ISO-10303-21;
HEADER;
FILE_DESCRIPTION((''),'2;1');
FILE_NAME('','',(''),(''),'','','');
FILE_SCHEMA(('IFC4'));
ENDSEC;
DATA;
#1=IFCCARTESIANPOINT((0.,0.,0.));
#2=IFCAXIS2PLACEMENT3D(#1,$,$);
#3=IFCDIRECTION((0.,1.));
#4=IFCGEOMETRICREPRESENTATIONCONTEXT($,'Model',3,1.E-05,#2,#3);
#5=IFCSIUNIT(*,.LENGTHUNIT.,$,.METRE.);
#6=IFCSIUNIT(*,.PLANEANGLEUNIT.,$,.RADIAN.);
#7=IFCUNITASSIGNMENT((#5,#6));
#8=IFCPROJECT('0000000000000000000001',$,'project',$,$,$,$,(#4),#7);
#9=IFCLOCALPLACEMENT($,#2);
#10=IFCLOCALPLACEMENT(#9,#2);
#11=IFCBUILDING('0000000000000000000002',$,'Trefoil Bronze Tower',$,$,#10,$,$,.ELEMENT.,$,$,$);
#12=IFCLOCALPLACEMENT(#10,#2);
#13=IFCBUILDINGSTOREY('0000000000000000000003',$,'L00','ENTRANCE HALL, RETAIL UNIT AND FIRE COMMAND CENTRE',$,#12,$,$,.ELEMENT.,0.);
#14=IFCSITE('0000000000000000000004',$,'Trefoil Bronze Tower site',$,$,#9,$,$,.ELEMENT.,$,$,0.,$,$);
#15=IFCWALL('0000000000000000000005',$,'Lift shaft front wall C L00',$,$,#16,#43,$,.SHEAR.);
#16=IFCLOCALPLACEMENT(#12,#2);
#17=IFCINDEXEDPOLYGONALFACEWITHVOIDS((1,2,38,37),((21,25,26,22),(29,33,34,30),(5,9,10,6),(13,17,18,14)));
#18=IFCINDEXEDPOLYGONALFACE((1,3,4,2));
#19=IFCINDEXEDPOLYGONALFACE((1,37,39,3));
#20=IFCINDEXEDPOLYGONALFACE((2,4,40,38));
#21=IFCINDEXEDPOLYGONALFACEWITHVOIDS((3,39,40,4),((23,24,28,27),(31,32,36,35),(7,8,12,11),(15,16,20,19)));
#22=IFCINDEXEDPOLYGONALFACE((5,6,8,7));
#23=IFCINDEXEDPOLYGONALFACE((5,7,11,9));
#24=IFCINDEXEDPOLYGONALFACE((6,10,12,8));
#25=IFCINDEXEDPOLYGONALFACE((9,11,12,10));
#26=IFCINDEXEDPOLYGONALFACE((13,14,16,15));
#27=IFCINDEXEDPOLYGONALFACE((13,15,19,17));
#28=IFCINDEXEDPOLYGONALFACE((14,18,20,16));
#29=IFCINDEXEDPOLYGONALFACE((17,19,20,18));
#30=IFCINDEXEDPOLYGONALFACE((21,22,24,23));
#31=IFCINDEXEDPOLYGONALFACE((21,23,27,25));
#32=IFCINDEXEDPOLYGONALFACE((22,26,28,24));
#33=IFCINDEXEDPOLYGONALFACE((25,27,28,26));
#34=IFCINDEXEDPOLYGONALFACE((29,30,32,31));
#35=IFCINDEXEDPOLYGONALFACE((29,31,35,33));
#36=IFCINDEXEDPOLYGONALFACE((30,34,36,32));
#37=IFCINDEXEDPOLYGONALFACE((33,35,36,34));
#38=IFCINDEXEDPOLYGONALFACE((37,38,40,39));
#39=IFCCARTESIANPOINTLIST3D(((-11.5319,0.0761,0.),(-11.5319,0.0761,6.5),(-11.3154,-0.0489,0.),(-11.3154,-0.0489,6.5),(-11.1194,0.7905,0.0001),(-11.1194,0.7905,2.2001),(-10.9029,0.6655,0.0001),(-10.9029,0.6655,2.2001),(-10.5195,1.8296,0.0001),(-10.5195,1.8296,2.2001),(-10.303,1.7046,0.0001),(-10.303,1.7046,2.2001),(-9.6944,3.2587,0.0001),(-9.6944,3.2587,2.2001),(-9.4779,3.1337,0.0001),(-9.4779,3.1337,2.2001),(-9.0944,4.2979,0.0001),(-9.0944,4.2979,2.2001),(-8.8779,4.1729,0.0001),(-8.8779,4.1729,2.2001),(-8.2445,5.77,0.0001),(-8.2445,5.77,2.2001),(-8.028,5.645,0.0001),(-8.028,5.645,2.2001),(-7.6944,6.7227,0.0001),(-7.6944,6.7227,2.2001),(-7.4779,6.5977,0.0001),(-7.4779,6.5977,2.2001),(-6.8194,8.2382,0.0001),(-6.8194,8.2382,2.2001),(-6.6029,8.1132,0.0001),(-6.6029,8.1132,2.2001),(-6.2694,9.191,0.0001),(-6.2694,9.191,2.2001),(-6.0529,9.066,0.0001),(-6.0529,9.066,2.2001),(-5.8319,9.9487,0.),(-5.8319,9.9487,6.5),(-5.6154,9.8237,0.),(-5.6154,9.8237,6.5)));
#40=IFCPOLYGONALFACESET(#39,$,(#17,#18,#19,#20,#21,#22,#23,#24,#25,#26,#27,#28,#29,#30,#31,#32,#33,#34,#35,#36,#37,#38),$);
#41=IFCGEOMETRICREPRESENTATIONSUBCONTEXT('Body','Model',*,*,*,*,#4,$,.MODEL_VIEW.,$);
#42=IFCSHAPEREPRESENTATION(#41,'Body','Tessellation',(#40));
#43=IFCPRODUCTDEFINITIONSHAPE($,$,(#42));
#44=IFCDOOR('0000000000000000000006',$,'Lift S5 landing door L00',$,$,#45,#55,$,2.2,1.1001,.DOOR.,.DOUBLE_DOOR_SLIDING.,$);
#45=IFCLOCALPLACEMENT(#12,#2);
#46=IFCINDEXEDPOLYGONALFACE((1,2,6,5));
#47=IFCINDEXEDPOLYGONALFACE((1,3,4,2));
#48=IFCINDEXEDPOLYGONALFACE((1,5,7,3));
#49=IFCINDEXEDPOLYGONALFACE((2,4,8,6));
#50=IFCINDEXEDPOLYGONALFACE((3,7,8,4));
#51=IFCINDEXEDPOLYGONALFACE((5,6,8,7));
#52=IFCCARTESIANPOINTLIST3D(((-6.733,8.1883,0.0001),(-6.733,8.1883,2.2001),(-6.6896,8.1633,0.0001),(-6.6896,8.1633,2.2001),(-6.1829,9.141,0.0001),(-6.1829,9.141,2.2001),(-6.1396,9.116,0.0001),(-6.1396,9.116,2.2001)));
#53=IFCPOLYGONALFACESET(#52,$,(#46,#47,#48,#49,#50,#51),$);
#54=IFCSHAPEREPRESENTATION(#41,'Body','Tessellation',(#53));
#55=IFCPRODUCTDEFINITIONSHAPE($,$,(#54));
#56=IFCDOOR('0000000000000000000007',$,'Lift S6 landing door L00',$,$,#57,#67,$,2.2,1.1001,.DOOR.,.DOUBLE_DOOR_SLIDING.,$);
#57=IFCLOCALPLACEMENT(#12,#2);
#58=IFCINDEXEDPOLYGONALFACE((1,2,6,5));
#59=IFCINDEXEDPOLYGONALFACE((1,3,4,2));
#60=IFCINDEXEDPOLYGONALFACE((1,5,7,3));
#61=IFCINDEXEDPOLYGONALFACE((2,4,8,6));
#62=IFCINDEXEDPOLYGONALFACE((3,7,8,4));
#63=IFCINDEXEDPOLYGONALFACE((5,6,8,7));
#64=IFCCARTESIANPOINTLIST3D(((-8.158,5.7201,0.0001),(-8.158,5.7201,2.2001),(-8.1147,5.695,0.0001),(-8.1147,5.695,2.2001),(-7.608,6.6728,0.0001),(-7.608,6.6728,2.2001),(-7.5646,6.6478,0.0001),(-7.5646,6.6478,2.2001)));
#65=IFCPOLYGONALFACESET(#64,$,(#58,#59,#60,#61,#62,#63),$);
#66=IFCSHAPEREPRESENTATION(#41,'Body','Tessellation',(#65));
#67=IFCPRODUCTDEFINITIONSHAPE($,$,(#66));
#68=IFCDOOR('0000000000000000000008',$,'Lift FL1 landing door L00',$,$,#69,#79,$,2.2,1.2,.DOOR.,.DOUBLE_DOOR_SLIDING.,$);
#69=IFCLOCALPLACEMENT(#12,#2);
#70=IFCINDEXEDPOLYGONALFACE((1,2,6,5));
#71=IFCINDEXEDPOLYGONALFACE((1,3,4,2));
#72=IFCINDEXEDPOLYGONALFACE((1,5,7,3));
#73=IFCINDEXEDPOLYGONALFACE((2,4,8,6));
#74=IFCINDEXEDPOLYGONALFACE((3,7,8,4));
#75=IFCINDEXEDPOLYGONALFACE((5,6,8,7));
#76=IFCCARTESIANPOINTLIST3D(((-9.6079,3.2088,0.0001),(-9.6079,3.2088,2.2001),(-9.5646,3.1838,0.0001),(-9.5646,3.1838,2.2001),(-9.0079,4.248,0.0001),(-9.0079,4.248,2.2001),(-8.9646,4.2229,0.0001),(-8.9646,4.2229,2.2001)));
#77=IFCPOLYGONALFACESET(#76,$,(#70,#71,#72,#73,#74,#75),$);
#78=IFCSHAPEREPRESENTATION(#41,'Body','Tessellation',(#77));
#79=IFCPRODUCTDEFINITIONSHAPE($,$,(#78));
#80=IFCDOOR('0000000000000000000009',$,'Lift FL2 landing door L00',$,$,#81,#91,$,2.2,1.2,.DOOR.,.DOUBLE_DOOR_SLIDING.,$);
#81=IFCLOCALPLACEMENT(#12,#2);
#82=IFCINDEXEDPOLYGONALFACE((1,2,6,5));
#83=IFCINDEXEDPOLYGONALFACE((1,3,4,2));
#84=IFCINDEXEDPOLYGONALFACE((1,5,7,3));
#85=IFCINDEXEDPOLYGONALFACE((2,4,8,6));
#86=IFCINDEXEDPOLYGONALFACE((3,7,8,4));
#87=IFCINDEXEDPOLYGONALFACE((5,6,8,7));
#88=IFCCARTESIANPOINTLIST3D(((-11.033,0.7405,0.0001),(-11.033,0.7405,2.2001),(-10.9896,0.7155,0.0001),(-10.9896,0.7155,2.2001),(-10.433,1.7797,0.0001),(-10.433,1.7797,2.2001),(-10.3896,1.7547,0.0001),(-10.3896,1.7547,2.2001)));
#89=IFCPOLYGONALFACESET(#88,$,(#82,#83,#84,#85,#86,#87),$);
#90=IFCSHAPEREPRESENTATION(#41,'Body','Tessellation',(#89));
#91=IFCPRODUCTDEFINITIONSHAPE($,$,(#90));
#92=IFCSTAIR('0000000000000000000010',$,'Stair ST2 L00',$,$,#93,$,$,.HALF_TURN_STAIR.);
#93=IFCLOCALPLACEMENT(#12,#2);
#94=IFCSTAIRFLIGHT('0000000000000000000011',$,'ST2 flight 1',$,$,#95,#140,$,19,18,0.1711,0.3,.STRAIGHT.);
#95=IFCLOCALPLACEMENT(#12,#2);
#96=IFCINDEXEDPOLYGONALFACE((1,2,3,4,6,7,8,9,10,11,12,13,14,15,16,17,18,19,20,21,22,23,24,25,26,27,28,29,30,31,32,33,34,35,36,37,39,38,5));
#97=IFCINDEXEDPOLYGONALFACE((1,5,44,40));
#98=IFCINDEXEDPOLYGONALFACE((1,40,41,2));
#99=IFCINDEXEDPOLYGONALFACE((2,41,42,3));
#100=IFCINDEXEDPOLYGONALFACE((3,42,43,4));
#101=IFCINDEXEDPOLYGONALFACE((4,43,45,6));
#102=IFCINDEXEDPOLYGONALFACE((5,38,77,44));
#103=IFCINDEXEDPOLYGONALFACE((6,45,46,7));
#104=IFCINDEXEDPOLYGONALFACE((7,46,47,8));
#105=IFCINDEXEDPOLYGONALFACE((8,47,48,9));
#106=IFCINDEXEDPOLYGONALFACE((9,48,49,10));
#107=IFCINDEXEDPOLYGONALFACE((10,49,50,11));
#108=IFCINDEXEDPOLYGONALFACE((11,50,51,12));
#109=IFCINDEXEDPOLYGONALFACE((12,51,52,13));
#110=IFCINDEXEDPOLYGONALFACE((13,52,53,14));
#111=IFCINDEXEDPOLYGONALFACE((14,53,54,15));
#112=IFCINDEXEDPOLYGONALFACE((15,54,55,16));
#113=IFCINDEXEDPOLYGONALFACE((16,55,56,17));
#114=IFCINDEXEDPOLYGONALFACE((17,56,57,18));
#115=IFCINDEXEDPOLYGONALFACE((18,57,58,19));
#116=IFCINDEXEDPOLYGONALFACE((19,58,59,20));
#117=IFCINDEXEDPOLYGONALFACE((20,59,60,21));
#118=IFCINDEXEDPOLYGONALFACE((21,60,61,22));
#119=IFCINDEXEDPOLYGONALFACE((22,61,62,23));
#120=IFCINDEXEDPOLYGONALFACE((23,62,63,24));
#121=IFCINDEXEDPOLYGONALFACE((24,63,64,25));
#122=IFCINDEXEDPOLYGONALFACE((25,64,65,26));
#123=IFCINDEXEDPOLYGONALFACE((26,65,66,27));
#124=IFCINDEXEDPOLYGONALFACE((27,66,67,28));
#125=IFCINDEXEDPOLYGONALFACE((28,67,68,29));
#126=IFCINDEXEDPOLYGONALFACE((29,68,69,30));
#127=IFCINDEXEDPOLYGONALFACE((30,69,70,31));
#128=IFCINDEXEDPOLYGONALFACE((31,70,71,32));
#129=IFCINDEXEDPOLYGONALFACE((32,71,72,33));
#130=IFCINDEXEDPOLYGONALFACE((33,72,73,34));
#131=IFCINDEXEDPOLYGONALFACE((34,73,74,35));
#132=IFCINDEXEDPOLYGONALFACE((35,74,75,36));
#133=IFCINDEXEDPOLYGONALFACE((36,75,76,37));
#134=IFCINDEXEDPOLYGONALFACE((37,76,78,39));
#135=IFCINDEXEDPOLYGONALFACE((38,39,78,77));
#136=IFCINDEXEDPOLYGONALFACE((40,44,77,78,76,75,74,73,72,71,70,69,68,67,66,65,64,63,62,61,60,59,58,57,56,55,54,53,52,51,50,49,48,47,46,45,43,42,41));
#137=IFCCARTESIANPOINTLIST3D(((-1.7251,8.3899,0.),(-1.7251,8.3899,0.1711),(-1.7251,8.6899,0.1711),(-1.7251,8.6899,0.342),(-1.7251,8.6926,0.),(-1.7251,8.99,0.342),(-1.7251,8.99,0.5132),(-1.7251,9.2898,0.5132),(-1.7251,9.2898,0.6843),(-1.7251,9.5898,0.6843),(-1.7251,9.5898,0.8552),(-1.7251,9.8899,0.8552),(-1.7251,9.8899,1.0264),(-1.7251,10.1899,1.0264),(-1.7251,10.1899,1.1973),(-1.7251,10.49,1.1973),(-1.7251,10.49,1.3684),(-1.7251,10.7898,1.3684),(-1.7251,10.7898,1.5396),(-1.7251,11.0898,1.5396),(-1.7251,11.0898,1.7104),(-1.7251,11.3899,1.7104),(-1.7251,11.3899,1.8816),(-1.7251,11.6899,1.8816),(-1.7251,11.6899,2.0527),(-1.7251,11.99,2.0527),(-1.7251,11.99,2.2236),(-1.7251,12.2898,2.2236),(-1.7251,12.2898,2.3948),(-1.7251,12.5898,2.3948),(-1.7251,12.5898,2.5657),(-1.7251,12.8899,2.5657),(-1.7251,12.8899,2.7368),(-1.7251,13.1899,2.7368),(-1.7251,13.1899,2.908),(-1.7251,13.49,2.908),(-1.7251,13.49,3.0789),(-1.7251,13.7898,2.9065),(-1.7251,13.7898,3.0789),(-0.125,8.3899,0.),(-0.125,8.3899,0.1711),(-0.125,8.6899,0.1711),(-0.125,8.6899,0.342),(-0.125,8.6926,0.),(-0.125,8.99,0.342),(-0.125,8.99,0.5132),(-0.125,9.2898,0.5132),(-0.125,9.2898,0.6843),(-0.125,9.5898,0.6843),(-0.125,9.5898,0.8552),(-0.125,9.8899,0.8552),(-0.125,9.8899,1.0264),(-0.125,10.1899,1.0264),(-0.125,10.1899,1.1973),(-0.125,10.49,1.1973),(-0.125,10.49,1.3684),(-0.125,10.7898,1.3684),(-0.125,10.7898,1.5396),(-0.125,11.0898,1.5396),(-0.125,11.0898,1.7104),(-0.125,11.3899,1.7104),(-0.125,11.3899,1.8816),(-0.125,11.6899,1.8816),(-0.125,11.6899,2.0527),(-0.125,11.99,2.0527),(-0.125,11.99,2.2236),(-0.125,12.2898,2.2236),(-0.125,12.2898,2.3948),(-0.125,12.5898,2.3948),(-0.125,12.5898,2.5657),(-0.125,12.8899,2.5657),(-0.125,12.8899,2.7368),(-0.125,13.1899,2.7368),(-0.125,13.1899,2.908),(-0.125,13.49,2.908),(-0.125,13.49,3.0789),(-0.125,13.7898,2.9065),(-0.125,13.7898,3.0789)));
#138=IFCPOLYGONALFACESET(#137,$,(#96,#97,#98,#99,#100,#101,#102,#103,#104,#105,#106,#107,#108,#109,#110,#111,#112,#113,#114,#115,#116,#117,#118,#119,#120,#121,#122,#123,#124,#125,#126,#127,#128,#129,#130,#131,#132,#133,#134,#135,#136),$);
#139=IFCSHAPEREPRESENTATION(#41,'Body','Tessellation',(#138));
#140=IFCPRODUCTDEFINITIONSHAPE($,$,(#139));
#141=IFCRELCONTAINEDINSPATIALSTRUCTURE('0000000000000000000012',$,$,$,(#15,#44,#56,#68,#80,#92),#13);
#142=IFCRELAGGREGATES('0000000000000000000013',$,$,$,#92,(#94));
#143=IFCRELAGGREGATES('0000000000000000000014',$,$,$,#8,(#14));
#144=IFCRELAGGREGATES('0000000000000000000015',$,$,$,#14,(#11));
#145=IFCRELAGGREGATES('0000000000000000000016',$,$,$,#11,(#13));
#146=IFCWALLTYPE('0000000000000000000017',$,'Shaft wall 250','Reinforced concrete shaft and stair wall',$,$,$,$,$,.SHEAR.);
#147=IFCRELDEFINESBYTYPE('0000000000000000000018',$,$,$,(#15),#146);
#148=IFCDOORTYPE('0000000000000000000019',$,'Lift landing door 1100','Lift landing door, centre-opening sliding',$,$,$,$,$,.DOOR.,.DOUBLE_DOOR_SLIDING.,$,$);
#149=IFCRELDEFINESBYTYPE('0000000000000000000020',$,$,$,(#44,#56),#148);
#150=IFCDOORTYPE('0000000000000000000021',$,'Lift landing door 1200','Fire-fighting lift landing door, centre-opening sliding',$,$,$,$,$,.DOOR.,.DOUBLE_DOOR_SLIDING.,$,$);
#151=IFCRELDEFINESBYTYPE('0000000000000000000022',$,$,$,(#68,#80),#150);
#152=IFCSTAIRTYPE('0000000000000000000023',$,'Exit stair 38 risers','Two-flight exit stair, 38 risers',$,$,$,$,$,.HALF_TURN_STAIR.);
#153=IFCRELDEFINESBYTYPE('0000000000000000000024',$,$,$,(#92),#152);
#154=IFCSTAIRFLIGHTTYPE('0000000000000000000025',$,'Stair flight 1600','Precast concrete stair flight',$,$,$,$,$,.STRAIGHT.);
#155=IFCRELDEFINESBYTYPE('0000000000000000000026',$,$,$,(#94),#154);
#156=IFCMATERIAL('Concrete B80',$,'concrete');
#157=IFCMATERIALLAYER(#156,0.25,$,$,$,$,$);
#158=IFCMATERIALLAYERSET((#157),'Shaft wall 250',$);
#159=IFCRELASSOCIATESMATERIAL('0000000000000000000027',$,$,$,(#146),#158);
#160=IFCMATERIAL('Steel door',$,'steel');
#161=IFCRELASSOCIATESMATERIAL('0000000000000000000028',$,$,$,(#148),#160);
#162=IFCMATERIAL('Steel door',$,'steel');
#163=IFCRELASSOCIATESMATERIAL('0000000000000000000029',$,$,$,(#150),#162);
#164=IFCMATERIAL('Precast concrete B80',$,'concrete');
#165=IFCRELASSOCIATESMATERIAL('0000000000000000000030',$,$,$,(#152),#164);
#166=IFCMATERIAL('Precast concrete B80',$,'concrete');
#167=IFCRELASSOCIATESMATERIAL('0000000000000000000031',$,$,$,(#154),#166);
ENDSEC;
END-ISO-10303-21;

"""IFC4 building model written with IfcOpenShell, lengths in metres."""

from ifc_helpers import new_model, si_unit, direction, frame, frame_2d, origin, place, context, subcontext, project, spatial, polyline, rectangle, outline, extrude, material, layer, layer_set, type_object, element, fill, aggregate, save


model = new_model("IFC4")

# Units and contexts
model_context = context("Model", 3, precision=1e-05, world=origin(), true_north=direction((0.0, 1.0)))
body_context = subcontext(model_context, "Body", "Model", "MODEL_VIEW")
ifc_project = project(units=[si_unit("LENGTHUNIT", "METRE"), si_unit("PLANEANGLEUNIT", "RADIAN")], contexts=[model_context])

# Site, building, storey
site_placement = place(None, origin())
site = spatial("IfcSite", under=ifc_project, at=site_placement, Name="Trefoil Bronze Tower site", CompositionType="ELEMENT", RefElevation=0.0)
building_placement = place(site_placement, origin())
building = spatial("IfcBuilding", under=site, at=building_placement, Name="Trefoil Bronze Tower", CompositionType="ELEMENT")
storey_placement = place(building_placement, origin())
storey = spatial("IfcBuildingStorey", under=building, at=storey_placement, Name="L00", Description="ENTRANCE HALL, RETAIL UNIT AND FIRE COMMAND CENTRE", CompositionType="ELEMENT", Elevation=0.0)

# Wall, openings, doors
ifc_material_1 = material(Name="Concrete B80", Category="concrete")
ifc_layer_1 = layer(ifc_material_1, 0.25)
ifc_layer_set_1 = layer_set([ifc_layer_1], Name="Shaft wall 250")
wall_type_1 = type_object("IfcWallType", Name="Shaft wall 250", Description="Reinforced concrete shaft and stair wall", PredefinedType="SHEAR", material=ifc_layer_set_1)
wall_1_placement = place(storey_placement, frame((-5.7236, 9.8862, 0.0), z_axis=(0.0, 0.0, 1.0), x_axis=(-0.500002, -0.866024, 0.0)))
wall_1 = element("IfcWall", 1, at=wall_1_placement, inside=storey, type_object=wall_type_1, Name="Lift shaft front wall C L00", PredefinedType="SHEAR", context=body_context, shape_type="SweptSolid", body=[
    extrude(rectangle(XDim=11.3999, YDim=0.25, at=frame_2d((5.7, 0.0))), origin(), (0.0, 0.0, 1.0), 6.5),
])
opening_1_placement = place(wall_1_placement, frame((0.875, 0.0, 0.0)))
opening_1 = element("IfcOpeningElement", 2, at=opening_1_placement, cuts=wall_1, PredefinedType="OPENING", context=body_context, shape_type="SweptSolid", body=[
    extrude(rectangle(XDim=1.1001, YDim=2.2, at=frame_2d((0.55, 1.1001))), frame((0.0, 0.135, 0.0), z_axis=(0.0, -1.0, 0.0), x_axis=(1.0, 0.0, 0.0)), (0.0, 0.0, 1.0), 0.27),
])
opening_2_placement = place(wall_1_placement, frame((3.7251, 0.0, 0.0)))
opening_2 = element("IfcOpeningElement", 3, at=opening_2_placement, cuts=wall_1, PredefinedType="OPENING", context=body_context, shape_type="SweptSolid", body=[
    extrude(rectangle(XDim=1.1001, YDim=2.2, at=frame_2d((0.55, 1.1001))), frame((0.0, 0.135, 0.0), z_axis=(0.0, -1.0, 0.0), x_axis=(1.0, 0.0, 0.0)), (0.0, 0.0, 1.0), 0.27),
])
opening_3_placement = place(wall_1_placement, frame((6.5249, 0.0, 0.0)))
opening_3 = element("IfcOpeningElement", 4, at=opening_3_placement, cuts=wall_1, PredefinedType="OPENING", context=body_context, shape_type="SweptSolid", body=[
    extrude(rectangle(XDim=1.2, YDim=2.2, at=frame_2d((0.6001, 1.1001))), frame((0.0, 0.135, 0.0), z_axis=(0.0, -1.0, 0.0), x_axis=(1.0, 0.0, 0.0)), (0.0, 0.0, 1.0), 0.27),
])
opening_4_placement = place(wall_1_placement, frame((9.375, 0.0, 0.0)))
opening_4 = element("IfcOpeningElement", 5, at=opening_4_placement, cuts=wall_1, PredefinedType="OPENING", context=body_context, shape_type="SweptSolid", body=[
    extrude(rectangle(XDim=1.2, YDim=2.2, at=frame_2d((0.6001, 1.1001))), frame((0.0, 0.135, 0.0), z_axis=(0.0, -1.0, 0.0), x_axis=(1.0, 0.0, 0.0)), (0.0, 0.0, 1.0), 0.27),
])
ifc_material_2 = material(Name="Steel door", Category="steel")
door_type_1 = type_object("IfcDoorType", Name="Lift landing door 1100", Description="Lift landing door, centre-opening sliding", OperationType="DOUBLE_DOOR_SLIDING", PredefinedType="DOOR", material=ifc_material_2)
door_1_placement = place(opening_1_placement, origin())
door_1 = element("IfcDoor", 6, at=door_1_placement, inside=storey, type_object=door_type_1, Name="Lift S5 landing door L00", OperationType="DOUBLE_DOOR_SLIDING", OverallHeight=2.2, OverallWidth=1.1001, PredefinedType="DOOR", context=body_context, shape_type="SweptSolid", body=[
    extrude(rectangle(XDim=1.1001, YDim=2.2, at=frame_2d((0.55, 1.1001))), frame((0.0, 0.0249, 0.0), z_axis=(0.0, -1.0, 0.0), x_axis=(1.0, 0.0, 0.0)), (0.0, 0.0, 1.0), 0.05),
])
fill(opening_1, door_1)
door_2_placement = place(opening_2_placement, origin())
door_2 = element("IfcDoor", 7, at=door_2_placement, inside=storey, type_object=door_type_1, Name="Lift S6 landing door L00", OperationType="DOUBLE_DOOR_SLIDING", OverallHeight=2.2, OverallWidth=1.1001, PredefinedType="DOOR", context=body_context, shape_type="SweptSolid", body=[
    extrude(rectangle(XDim=1.1001, YDim=2.2, at=frame_2d((0.55, 1.1001))), frame((0.0, 0.0249, 0.0), z_axis=(0.0, -1.0, 0.0), x_axis=(1.0, 0.0, 0.0)), (0.0, 0.0, 1.0), 0.05),
])
fill(opening_2, door_2)
ifc_material_3 = material(Name="Steel door", Category="steel")
door_type_2 = type_object("IfcDoorType", Name="Lift landing door 1200", Description="Fire-fighting lift landing door, centre-opening sliding", OperationType="DOUBLE_DOOR_SLIDING", PredefinedType="DOOR", material=ifc_material_3)
door_3_placement = place(opening_3_placement, origin())
door_3 = element("IfcDoor", 8, at=door_3_placement, inside=storey, type_object=door_type_2, Name="Lift FL1 landing door L00", OperationType="DOUBLE_DOOR_SLIDING", OverallHeight=2.2, OverallWidth=1.2, PredefinedType="DOOR", context=body_context, shape_type="SweptSolid", body=[
    extrude(rectangle(XDim=1.2, YDim=2.2, at=frame_2d((0.6001, 1.1001))), frame((0.0, 0.0249, 0.0), z_axis=(0.0, -1.0, 0.0), x_axis=(1.0, 0.0, 0.0)), (0.0, 0.0, 1.0), 0.05),
])
fill(opening_3, door_3)
door_4_placement = place(opening_4_placement, origin())
door_4 = element("IfcDoor", 9, at=door_4_placement, inside=storey, type_object=door_type_2, Name="Lift FL2 landing door L00", OperationType="DOUBLE_DOOR_SLIDING", OverallHeight=2.2, OverallWidth=1.2, PredefinedType="DOOR", context=body_context, shape_type="SweptSolid", body=[
    extrude(rectangle(XDim=1.2, YDim=2.2, at=frame_2d((0.6001, 1.1001))), frame((0.0, 0.0249, 0.0), z_axis=(0.0, -1.0, 0.0), x_axis=(1.0, 0.0, 0.0)), (0.0, 0.0, 1.0), 0.05),
])
fill(opening_4, door_4)

# Stair, stair flight
ifc_material_4 = material(Name="Precast concrete B80", Category="concrete")
stair_type = type_object("IfcStairType", Name="Exit stair 38 risers", Description="Two-flight exit stair, 38 risers", PredefinedType="HALF_TURN_STAIR", material=ifc_material_4)
stair_placement = place(storey_placement, origin())
stair = element("IfcStair", 10, at=stair_placement, inside=storey, type_object=stair_type, Name="Stair ST2 L00", PredefinedType="HALF_TURN_STAIR")
ifc_material_5 = material(Name="Precast concrete B80", Category="concrete")
stair_flight_type = type_object("IfcStairFlightType", Name="Stair flight 1600", Description="Precast concrete stair flight", PredefinedType="STRAIGHT", material=ifc_material_5)
stair_flight_placement = place(storey_placement, frame((-0.925, 8.3899, 0.0), z_axis=(0.0, 0.0, 1.0), x_axis=(0.0, 1.0, 0.0)))
stair_flight = element("IfcStairFlight", 11, at=stair_flight_placement, type_object=stair_flight_type, Name="ST2 flight 1", NumberOfRisers=19, NumberOfTreads=18, PredefinedType="STRAIGHT", RiserHeight=0.1711, TreadLength=0.3, context=body_context, shape_type="SweptSolid", body=[
    extrude(outline(polyline([(0.0, 0.0), (0.0, 0.1711), (0.3, 0.1711), (0.3, 0.342), (0.6001, 0.342), (0.6001, 0.5132), (0.8999, 0.5132), (0.8999, 0.6843), (1.2, 0.6843), (1.2, 0.8552), (1.5, 0.8552), (1.5, 1.0264), (1.8, 1.0264), (1.8, 1.1973), (2.1001, 1.1973), (2.1001, 1.3684), (2.3999, 1.3684), (2.3999, 1.5396), (2.7, 1.5396), (2.7, 1.7104), (3.0, 1.7104), (3.0, 1.8816), (3.3, 1.8816), (3.3, 2.0527), (3.6001, 2.0527), (3.6001, 2.2236), (3.8999, 2.2236), (3.8999, 2.3948), (4.2, 2.3948), (4.2, 2.5657), (4.5, 2.5657), (4.5, 2.7368), (4.8, 2.7368), (4.8, 2.908), (5.1001, 2.908), (5.1001, 3.0789), (5.3999, 3.0789), (5.3999, 3.25), (5.3999, 2.9065), (0.3027, 0.0), (0.0, 0.0)])), frame((0.0, 0.8, 0.0), z_axis=(0.0, -1.0, 0.0), x_axis=(1.0, 0.0, 0.0)), (0.0, 0.0, 1.0), 1.6001),
])
aggregate(stair, [stair_flight])

save(model, "model.ifc")
